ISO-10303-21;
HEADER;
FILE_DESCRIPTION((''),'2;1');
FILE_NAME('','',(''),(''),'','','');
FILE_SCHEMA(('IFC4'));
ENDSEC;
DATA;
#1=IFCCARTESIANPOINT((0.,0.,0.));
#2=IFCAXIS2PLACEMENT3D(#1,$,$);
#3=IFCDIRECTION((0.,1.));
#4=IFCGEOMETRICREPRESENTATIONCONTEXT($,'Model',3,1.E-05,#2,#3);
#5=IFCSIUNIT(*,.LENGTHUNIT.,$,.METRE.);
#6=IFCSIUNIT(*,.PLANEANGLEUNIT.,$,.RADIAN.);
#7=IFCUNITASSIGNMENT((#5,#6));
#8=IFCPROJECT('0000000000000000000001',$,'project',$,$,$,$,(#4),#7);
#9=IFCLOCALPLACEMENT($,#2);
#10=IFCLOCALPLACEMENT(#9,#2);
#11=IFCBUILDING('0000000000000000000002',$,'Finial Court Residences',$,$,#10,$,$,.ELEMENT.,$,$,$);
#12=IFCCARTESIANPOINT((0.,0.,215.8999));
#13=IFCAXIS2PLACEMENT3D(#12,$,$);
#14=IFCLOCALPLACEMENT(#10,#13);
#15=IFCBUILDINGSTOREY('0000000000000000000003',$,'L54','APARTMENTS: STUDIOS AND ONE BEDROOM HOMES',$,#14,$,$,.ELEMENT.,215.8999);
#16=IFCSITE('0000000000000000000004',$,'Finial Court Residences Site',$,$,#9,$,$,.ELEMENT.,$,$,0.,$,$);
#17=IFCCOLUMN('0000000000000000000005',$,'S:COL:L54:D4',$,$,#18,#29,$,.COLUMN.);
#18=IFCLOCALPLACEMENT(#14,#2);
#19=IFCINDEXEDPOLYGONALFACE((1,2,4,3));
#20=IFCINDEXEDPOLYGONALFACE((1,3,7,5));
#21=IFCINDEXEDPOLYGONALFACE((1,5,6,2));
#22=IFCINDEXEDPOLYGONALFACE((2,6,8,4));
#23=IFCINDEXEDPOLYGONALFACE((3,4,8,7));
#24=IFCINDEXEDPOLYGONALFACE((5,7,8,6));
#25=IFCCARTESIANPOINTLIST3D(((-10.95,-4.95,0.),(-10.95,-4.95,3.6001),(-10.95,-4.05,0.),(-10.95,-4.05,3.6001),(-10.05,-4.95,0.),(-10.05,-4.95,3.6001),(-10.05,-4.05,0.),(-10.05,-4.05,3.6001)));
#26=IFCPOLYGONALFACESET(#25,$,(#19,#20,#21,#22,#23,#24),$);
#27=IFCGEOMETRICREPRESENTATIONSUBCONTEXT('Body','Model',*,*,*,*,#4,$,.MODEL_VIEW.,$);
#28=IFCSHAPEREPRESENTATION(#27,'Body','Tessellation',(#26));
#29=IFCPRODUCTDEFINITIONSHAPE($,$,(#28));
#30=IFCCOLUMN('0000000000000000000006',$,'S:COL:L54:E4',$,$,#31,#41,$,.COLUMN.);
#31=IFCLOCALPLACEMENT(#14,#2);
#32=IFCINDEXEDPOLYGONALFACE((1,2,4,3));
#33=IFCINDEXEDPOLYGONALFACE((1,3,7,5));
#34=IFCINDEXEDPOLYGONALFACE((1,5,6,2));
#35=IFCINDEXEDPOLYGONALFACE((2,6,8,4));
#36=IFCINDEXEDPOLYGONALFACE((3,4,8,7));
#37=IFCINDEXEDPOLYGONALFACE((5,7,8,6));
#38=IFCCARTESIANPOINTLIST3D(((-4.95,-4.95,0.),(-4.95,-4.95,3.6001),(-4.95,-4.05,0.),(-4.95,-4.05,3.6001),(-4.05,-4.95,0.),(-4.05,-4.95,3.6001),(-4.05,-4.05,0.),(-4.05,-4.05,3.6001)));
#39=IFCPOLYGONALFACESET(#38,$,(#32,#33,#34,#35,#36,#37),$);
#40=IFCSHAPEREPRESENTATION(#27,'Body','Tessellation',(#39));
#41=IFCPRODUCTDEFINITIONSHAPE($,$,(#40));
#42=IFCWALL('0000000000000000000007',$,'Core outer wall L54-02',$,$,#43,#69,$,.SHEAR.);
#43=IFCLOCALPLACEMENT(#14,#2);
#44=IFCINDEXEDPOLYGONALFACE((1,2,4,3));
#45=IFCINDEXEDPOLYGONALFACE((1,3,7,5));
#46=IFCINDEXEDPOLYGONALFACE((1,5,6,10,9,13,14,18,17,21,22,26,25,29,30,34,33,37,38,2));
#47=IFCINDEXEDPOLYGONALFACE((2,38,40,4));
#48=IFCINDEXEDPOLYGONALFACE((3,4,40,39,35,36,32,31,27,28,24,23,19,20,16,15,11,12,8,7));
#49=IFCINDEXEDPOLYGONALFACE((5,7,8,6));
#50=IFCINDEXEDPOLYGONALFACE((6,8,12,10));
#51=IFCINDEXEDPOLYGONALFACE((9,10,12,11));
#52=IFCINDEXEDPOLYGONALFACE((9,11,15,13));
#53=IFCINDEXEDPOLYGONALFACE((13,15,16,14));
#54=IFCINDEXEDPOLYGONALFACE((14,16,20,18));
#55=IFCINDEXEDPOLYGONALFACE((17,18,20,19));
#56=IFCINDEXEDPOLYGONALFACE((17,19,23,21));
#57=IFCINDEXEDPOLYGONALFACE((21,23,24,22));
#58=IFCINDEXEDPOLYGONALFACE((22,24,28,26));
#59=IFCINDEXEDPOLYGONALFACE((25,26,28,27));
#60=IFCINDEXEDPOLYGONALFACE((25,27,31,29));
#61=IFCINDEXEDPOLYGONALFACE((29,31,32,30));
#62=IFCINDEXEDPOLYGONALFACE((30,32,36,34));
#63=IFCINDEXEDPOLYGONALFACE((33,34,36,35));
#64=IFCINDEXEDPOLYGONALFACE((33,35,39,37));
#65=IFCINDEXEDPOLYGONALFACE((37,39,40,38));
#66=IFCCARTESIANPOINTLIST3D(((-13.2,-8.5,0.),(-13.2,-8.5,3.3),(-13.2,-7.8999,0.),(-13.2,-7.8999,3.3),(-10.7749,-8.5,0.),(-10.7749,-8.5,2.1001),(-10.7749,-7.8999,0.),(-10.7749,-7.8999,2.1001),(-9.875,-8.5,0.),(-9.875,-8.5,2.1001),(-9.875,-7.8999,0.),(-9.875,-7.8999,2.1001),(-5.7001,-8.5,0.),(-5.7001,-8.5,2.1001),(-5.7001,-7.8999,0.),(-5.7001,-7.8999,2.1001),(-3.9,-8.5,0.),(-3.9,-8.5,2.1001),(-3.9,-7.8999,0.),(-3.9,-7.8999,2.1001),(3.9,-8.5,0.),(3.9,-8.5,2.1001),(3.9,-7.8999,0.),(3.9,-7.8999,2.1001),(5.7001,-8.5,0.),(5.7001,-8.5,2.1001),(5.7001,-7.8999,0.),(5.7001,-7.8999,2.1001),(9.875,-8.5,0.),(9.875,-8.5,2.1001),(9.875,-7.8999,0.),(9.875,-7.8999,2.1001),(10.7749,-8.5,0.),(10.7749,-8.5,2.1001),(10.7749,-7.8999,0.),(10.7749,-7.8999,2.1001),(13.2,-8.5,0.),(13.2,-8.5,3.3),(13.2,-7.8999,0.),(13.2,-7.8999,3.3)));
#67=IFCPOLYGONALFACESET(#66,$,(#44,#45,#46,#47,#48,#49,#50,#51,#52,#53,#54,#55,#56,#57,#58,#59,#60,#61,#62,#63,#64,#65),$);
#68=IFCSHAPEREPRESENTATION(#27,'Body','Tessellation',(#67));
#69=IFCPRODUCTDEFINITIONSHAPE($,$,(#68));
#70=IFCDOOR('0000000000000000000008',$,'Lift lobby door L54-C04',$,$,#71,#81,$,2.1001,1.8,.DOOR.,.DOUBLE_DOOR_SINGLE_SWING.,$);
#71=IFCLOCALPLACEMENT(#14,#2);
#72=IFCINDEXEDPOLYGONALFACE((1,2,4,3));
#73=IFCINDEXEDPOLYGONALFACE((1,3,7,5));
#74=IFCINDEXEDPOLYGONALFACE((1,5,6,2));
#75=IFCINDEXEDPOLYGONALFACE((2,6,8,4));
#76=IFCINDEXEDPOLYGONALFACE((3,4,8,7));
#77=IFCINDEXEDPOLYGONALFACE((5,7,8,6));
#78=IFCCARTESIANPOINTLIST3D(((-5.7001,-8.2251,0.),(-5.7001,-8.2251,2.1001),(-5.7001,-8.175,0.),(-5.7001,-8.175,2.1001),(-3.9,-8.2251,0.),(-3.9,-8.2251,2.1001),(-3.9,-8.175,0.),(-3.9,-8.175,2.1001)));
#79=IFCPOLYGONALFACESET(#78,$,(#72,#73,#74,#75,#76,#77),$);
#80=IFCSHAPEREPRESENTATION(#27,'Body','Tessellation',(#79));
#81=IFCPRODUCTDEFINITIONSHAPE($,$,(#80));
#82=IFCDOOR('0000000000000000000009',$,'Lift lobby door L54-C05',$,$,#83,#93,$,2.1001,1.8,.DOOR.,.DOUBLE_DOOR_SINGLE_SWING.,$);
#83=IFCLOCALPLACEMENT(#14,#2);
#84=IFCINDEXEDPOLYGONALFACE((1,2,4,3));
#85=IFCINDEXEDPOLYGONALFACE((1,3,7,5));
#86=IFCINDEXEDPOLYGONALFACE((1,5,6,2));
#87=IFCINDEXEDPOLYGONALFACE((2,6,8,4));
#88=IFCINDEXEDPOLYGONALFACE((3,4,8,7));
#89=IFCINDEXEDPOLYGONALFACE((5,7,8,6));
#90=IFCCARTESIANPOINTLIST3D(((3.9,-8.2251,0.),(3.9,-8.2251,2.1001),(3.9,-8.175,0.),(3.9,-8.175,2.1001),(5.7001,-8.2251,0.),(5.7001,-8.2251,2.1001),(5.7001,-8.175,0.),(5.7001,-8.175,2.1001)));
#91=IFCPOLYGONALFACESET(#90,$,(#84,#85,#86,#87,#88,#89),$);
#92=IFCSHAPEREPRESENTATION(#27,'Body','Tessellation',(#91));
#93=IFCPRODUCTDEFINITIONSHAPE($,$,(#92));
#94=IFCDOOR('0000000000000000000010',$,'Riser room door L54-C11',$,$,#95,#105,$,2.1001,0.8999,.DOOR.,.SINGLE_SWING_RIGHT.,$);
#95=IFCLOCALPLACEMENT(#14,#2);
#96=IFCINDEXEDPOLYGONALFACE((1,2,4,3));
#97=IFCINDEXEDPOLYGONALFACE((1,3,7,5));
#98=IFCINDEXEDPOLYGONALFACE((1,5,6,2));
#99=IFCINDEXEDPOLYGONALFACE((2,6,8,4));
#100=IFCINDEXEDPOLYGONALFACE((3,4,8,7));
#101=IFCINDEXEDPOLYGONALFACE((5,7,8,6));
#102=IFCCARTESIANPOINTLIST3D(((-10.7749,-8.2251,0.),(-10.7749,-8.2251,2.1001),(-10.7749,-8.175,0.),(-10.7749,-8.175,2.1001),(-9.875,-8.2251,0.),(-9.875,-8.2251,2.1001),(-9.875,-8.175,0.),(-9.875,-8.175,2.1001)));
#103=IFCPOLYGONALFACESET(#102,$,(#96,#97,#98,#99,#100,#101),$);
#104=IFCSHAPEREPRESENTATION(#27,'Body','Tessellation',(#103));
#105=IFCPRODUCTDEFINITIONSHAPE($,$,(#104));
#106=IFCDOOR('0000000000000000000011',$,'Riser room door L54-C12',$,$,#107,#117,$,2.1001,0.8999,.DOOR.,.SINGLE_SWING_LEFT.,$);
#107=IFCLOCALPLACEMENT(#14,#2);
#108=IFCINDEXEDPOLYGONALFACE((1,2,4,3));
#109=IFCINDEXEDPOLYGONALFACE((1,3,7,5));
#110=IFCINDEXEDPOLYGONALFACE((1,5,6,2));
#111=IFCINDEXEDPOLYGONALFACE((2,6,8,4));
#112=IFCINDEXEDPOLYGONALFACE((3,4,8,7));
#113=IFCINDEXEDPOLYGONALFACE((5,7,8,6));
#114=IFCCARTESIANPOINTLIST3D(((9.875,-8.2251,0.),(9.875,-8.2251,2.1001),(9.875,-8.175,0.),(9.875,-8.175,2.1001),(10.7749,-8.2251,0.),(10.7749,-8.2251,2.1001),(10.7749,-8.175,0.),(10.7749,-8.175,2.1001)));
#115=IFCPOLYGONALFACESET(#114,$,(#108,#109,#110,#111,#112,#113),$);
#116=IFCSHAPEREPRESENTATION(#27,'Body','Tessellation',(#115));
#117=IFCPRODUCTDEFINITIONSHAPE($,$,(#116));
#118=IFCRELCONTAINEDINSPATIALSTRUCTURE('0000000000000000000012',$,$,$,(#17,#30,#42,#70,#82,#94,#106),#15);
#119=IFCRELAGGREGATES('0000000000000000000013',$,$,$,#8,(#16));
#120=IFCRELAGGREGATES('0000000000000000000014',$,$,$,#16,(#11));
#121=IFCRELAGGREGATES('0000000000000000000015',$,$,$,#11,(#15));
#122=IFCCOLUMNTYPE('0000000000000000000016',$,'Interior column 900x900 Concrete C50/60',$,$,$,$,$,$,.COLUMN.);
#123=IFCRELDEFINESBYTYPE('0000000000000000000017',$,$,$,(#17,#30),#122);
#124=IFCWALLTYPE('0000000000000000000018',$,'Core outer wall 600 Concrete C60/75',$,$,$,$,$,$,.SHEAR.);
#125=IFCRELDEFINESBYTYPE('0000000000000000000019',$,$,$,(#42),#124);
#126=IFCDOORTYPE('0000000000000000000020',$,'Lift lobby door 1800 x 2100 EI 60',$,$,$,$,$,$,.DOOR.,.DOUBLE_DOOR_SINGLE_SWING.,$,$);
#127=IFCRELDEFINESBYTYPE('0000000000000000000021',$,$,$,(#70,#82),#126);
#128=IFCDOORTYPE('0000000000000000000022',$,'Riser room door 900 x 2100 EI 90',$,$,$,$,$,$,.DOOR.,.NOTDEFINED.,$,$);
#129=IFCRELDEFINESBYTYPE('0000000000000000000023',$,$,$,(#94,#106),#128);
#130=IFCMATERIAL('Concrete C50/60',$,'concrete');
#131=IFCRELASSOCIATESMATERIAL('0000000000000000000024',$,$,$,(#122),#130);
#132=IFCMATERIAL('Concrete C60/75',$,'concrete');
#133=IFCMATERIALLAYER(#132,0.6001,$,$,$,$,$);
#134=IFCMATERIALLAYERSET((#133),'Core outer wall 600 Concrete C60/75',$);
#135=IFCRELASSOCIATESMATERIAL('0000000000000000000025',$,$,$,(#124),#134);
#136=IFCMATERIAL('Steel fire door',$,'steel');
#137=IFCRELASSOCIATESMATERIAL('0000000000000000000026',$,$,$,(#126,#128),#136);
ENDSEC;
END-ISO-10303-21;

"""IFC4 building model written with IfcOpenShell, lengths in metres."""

from ifc_helpers import new_model, si_unit, direction, frame, frame_2d, origin, origin_2d, place, context, subcontext, project, spatial, rectangle, extrude, material, layer, layer_set, material_profile, profile_set, type_object, element, fill, save


model = new_model("IFC4")

# Units and contexts
model_context = context("Model", 3, precision=1e-05, world=origin(), true_north=direction((0.0, 1.0)))
body_context = subcontext(model_context, "Body", "Model", "MODEL_VIEW")
ifc_project = project(units=[si_unit("LENGTHUNIT", "METRE"), si_unit("PLANEANGLEUNIT", "RADIAN")], contexts=[model_context])

# Site, building, storey
site_placement = place(None, origin())
site = spatial("IfcSite", under=ifc_project, at=site_placement, Name="Finial Court Residences Site", CompositionType="ELEMENT", RefElevation=0.0)
building_placement = place(site_placement, origin())
building = spatial("IfcBuilding", under=site, at=building_placement, Name="Finial Court Residences", CompositionType="ELEMENT")
storey_placement = place(building_placement, frame((0.0, 0.0, 215.8999)))
storey = spatial("IfcBuildingStorey", under=building, at=storey_placement, Name="L54", Description="APARTMENTS: STUDIOS AND ONE BEDROOM HOMES", CompositionType="ELEMENT", Elevation=215.8999)

# Columns
ifc_material_1 = material(Name="Concrete C50/60", Category="concrete")
ifc_material_profile = material_profile(ifc_material_1, rectangle(XDim=0.8999, YDim=0.8999, at=origin_2d()), Name="900x900")
ifc_profile_set = profile_set([ifc_material_profile], Name="Concrete C50/60")
column_type = type_object("IfcColumnType", Name="Interior column 900x900 Concrete C50/60", PredefinedType="COLUMN", material=ifc_profile_set)
for number, where, z_axis, x_axis, name in (
    (1, (-10.5, -4.5, 0.0), (0.0, 0.0, 1.0), (1.0, 0.0, 0.0), "S:COL:L54:D4"),
    (2, (-4.5, -4.5, 0.0), (0.0, 0.0, 1.0), (1.0, 0.0, 0.0), "S:COL:L54:E4"),
):
    element("IfcColumn", number, at=place(storey_placement, frame(where, z_axis=z_axis, x_axis=x_axis)), inside=storey, type_object=column_type, Name=name, PredefinedType="COLUMN", context=body_context, shape_type="SweptSolid", body=[
        extrude(rectangle(XDim=0.8999, YDim=0.8999, at=origin_2d()), origin(), (0.0, 0.0, 1.0), 3.6001),
    ])

# Wall, openings, doors
ifc_material_2 = material(Name="Concrete C60/75", Category="concrete")
ifc_layer_1 = layer(ifc_material_2, 0.6001)
ifc_layer_set_1 = layer_set([ifc_layer_1], Name="Core outer wall 600 Concrete C60/75")
wall_type_1 = type_object("IfcWallType", Name="Core outer wall 600 Concrete C60/75", PredefinedType="SHEAR", material=ifc_layer_set_1)
wall_1_placement = place(storey_placement, frame((-13.2, -8.2, 0.0), z_axis=(0.0, 0.0, 1.0), x_axis=(1.0, 0.0, 0.0)))
wall_1 = element("IfcWall", 3, at=wall_1_placement, inside=storey, type_object=wall_type_1, Name="Core outer wall L54-02", PredefinedType="SHEAR", context=body_context, shape_type="SweptSolid", body=[
    extrude(rectangle(XDim=26.3999, YDim=0.6001, at=frame_2d((13.2, 0.0))), origin(), (0.0, 0.0, 1.0), 3.3),
])
opening_1_placement = place(wall_1_placement, frame((7.5, 0.0, 0.0)))
opening_1 = element("IfcOpeningElement", 4, at=opening_1_placement, cuts=wall_1, PredefinedType="OPENING", context=body_context, shape_type="SweptSolid", body=[
    extrude(rectangle(XDim=1.8, YDim=2.1001, at=frame_2d((0.8999, 1.05))), frame((0.0, 0.3101, 0.0), z_axis=(0.0, -1.0, 0.0), x_axis=(1.0, 0.0, 0.0)), (0.0, 0.0, 1.0), 0.6201),
])
opening_2_placement = place(wall_1_placement, frame((17.1001, 0.0, 0.0)))
opening_2 = element("IfcOpeningElement", 5, at=opening_2_placement, cuts=wall_1, PredefinedType="OPENING", context=body_context, shape_type="SweptSolid", body=[
    extrude(rectangle(XDim=1.8, YDim=2.1001, at=frame_2d((0.8999, 1.05))), frame((0.0, 0.3101, 0.0), z_axis=(0.0, -1.0, 0.0), x_axis=(1.0, 0.0, 0.0)), (0.0, 0.0, 1.0), 0.6201),
])
opening_3_placement = place(wall_1_placement, frame((2.425, 0.0, 0.0)))
opening_3 = element("IfcOpeningElement", 6, at=opening_3_placement, cuts=wall_1, PredefinedType="OPENING", context=body_context, shape_type="SweptSolid", body=[
    extrude(rectangle(XDim=0.8999, YDim=2.1001, at=frame_2d((0.45, 1.05))), frame((0.0, 0.3101, 0.0), z_axis=(0.0, -1.0, 0.0), x_axis=(1.0, 0.0, 0.0)), (0.0, 0.0, 1.0), 0.6201),
])
opening_4_placement = place(wall_1_placement, frame((23.075, 0.0, 0.0)))
opening_4 = element("IfcOpeningElement", 7, at=opening_4_placement, cuts=wall_1, PredefinedType="OPENING", context=body_context, shape_type="SweptSolid", body=[
    extrude(rectangle(XDim=0.8999, YDim=2.1001, at=frame_2d((0.45, 1.05))), frame((0.0, 0.3101, 0.0), z_axis=(0.0, -1.0, 0.0), x_axis=(1.0, 0.0, 0.0)), (0.0, 0.0, 1.0), 0.6201),
])
ifc_material_3 = material(Name="Steel fire door", Category="steel")
door_type_1 = type_object("IfcDoorType", Name="Lift lobby door 1800 x 2100 EI 60", OperationType="DOUBLE_DOOR_SINGLE_SWING", PredefinedType="DOOR", material=ifc_material_3)
door_1_placement = place(opening_1_placement, origin())
door_1 = element("IfcDoor", 8, at=door_1_placement, inside=storey, type_object=door_type_1, Name="Lift lobby door L54-C04", OperationType="DOUBLE_DOOR_SINGLE_SWING", OverallHeight=2.1001, OverallWidth=1.8, PredefinedType="DOOR", context=body_context, shape_type="SweptSolid", body=[
    extrude(rectangle(XDim=1.8, YDim=2.1001, at=frame_2d((0.8999, 1.05))), frame((0.0, 0.0249, 0.0), z_axis=(0.0, -1.0, 0.0), x_axis=(1.0, 0.0, 0.0)), (0.0, 0.0, 1.0), 0.05),
])
fill(opening_1, door_1)
door_2_placement = place(opening_2_placement, origin())
door_2 = element("IfcDoor", 9, at=door_2_placement, inside=storey, type_object=door_type_1, Name="Lift lobby door L54-C05", OperationType="DOUBLE_DOOR_SINGLE_SWING", OverallHeight=2.1001, OverallWidth=1.8, PredefinedType="DOOR", context=body_context, shape_type="SweptSolid", body=[
    extrude(rectangle(XDim=1.8, YDim=2.1001, at=frame_2d((0.8999, 1.05))), frame((0.0, 0.0249, 0.0), z_axis=(0.0, -1.0, 0.0), x_axis=(1.0, 0.0, 0.0)), (0.0, 0.0, 1.0), 0.05),
])
fill(opening_2, door_2)
door_type_2 = type_object("IfcDoorType", Name="Riser room door 900 x 2100 EI 90", OperationType="NOTDEFINED", PredefinedType="DOOR", material=ifc_material_3)
door_3_placement = place(opening_3_placement, origin())
door_3 = element("IfcDoor", 10, at=door_3_placement, inside=storey, type_object=door_type_2, Name="Riser room door L54-C11", OperationType="SINGLE_SWING_RIGHT", OverallHeight=2.1001, OverallWidth=0.8999, PredefinedType="DOOR", context=body_context, shape_type="SweptSolid", body=[
    extrude(rectangle(XDim=0.8999, YDim=2.1001, at=frame_2d((0.45, 1.05))), frame((0.0, 0.0249, 0.0), z_axis=(0.0, -1.0, 0.0), x_axis=(1.0, 0.0, 0.0)), (0.0, 0.0, 1.0), 0.05),
])
fill(opening_3, door_3)
door_4_placement = place(opening_4_placement, origin())
door_4 = element("IfcDoor", 11, at=door_4_placement, inside=storey, type_object=door_type_2, Name="Riser room door L54-C12", OperationType="SINGLE_SWING_LEFT", OverallHeight=2.1001, OverallWidth=0.8999, PredefinedType="DOOR", context=body_context, shape_type="SweptSolid", body=[
    extrude(rectangle(XDim=0.8999, YDim=2.1001, at=frame_2d((0.45, 1.05))), frame((0.0, 0.0249, 0.0), z_axis=(0.0, -1.0, 0.0), x_axis=(1.0, 0.0, 0.0)), (0.0, 0.0, 1.0), 0.05),
])
fill(opening_4, door_4)

save(model, "model.ifc")
